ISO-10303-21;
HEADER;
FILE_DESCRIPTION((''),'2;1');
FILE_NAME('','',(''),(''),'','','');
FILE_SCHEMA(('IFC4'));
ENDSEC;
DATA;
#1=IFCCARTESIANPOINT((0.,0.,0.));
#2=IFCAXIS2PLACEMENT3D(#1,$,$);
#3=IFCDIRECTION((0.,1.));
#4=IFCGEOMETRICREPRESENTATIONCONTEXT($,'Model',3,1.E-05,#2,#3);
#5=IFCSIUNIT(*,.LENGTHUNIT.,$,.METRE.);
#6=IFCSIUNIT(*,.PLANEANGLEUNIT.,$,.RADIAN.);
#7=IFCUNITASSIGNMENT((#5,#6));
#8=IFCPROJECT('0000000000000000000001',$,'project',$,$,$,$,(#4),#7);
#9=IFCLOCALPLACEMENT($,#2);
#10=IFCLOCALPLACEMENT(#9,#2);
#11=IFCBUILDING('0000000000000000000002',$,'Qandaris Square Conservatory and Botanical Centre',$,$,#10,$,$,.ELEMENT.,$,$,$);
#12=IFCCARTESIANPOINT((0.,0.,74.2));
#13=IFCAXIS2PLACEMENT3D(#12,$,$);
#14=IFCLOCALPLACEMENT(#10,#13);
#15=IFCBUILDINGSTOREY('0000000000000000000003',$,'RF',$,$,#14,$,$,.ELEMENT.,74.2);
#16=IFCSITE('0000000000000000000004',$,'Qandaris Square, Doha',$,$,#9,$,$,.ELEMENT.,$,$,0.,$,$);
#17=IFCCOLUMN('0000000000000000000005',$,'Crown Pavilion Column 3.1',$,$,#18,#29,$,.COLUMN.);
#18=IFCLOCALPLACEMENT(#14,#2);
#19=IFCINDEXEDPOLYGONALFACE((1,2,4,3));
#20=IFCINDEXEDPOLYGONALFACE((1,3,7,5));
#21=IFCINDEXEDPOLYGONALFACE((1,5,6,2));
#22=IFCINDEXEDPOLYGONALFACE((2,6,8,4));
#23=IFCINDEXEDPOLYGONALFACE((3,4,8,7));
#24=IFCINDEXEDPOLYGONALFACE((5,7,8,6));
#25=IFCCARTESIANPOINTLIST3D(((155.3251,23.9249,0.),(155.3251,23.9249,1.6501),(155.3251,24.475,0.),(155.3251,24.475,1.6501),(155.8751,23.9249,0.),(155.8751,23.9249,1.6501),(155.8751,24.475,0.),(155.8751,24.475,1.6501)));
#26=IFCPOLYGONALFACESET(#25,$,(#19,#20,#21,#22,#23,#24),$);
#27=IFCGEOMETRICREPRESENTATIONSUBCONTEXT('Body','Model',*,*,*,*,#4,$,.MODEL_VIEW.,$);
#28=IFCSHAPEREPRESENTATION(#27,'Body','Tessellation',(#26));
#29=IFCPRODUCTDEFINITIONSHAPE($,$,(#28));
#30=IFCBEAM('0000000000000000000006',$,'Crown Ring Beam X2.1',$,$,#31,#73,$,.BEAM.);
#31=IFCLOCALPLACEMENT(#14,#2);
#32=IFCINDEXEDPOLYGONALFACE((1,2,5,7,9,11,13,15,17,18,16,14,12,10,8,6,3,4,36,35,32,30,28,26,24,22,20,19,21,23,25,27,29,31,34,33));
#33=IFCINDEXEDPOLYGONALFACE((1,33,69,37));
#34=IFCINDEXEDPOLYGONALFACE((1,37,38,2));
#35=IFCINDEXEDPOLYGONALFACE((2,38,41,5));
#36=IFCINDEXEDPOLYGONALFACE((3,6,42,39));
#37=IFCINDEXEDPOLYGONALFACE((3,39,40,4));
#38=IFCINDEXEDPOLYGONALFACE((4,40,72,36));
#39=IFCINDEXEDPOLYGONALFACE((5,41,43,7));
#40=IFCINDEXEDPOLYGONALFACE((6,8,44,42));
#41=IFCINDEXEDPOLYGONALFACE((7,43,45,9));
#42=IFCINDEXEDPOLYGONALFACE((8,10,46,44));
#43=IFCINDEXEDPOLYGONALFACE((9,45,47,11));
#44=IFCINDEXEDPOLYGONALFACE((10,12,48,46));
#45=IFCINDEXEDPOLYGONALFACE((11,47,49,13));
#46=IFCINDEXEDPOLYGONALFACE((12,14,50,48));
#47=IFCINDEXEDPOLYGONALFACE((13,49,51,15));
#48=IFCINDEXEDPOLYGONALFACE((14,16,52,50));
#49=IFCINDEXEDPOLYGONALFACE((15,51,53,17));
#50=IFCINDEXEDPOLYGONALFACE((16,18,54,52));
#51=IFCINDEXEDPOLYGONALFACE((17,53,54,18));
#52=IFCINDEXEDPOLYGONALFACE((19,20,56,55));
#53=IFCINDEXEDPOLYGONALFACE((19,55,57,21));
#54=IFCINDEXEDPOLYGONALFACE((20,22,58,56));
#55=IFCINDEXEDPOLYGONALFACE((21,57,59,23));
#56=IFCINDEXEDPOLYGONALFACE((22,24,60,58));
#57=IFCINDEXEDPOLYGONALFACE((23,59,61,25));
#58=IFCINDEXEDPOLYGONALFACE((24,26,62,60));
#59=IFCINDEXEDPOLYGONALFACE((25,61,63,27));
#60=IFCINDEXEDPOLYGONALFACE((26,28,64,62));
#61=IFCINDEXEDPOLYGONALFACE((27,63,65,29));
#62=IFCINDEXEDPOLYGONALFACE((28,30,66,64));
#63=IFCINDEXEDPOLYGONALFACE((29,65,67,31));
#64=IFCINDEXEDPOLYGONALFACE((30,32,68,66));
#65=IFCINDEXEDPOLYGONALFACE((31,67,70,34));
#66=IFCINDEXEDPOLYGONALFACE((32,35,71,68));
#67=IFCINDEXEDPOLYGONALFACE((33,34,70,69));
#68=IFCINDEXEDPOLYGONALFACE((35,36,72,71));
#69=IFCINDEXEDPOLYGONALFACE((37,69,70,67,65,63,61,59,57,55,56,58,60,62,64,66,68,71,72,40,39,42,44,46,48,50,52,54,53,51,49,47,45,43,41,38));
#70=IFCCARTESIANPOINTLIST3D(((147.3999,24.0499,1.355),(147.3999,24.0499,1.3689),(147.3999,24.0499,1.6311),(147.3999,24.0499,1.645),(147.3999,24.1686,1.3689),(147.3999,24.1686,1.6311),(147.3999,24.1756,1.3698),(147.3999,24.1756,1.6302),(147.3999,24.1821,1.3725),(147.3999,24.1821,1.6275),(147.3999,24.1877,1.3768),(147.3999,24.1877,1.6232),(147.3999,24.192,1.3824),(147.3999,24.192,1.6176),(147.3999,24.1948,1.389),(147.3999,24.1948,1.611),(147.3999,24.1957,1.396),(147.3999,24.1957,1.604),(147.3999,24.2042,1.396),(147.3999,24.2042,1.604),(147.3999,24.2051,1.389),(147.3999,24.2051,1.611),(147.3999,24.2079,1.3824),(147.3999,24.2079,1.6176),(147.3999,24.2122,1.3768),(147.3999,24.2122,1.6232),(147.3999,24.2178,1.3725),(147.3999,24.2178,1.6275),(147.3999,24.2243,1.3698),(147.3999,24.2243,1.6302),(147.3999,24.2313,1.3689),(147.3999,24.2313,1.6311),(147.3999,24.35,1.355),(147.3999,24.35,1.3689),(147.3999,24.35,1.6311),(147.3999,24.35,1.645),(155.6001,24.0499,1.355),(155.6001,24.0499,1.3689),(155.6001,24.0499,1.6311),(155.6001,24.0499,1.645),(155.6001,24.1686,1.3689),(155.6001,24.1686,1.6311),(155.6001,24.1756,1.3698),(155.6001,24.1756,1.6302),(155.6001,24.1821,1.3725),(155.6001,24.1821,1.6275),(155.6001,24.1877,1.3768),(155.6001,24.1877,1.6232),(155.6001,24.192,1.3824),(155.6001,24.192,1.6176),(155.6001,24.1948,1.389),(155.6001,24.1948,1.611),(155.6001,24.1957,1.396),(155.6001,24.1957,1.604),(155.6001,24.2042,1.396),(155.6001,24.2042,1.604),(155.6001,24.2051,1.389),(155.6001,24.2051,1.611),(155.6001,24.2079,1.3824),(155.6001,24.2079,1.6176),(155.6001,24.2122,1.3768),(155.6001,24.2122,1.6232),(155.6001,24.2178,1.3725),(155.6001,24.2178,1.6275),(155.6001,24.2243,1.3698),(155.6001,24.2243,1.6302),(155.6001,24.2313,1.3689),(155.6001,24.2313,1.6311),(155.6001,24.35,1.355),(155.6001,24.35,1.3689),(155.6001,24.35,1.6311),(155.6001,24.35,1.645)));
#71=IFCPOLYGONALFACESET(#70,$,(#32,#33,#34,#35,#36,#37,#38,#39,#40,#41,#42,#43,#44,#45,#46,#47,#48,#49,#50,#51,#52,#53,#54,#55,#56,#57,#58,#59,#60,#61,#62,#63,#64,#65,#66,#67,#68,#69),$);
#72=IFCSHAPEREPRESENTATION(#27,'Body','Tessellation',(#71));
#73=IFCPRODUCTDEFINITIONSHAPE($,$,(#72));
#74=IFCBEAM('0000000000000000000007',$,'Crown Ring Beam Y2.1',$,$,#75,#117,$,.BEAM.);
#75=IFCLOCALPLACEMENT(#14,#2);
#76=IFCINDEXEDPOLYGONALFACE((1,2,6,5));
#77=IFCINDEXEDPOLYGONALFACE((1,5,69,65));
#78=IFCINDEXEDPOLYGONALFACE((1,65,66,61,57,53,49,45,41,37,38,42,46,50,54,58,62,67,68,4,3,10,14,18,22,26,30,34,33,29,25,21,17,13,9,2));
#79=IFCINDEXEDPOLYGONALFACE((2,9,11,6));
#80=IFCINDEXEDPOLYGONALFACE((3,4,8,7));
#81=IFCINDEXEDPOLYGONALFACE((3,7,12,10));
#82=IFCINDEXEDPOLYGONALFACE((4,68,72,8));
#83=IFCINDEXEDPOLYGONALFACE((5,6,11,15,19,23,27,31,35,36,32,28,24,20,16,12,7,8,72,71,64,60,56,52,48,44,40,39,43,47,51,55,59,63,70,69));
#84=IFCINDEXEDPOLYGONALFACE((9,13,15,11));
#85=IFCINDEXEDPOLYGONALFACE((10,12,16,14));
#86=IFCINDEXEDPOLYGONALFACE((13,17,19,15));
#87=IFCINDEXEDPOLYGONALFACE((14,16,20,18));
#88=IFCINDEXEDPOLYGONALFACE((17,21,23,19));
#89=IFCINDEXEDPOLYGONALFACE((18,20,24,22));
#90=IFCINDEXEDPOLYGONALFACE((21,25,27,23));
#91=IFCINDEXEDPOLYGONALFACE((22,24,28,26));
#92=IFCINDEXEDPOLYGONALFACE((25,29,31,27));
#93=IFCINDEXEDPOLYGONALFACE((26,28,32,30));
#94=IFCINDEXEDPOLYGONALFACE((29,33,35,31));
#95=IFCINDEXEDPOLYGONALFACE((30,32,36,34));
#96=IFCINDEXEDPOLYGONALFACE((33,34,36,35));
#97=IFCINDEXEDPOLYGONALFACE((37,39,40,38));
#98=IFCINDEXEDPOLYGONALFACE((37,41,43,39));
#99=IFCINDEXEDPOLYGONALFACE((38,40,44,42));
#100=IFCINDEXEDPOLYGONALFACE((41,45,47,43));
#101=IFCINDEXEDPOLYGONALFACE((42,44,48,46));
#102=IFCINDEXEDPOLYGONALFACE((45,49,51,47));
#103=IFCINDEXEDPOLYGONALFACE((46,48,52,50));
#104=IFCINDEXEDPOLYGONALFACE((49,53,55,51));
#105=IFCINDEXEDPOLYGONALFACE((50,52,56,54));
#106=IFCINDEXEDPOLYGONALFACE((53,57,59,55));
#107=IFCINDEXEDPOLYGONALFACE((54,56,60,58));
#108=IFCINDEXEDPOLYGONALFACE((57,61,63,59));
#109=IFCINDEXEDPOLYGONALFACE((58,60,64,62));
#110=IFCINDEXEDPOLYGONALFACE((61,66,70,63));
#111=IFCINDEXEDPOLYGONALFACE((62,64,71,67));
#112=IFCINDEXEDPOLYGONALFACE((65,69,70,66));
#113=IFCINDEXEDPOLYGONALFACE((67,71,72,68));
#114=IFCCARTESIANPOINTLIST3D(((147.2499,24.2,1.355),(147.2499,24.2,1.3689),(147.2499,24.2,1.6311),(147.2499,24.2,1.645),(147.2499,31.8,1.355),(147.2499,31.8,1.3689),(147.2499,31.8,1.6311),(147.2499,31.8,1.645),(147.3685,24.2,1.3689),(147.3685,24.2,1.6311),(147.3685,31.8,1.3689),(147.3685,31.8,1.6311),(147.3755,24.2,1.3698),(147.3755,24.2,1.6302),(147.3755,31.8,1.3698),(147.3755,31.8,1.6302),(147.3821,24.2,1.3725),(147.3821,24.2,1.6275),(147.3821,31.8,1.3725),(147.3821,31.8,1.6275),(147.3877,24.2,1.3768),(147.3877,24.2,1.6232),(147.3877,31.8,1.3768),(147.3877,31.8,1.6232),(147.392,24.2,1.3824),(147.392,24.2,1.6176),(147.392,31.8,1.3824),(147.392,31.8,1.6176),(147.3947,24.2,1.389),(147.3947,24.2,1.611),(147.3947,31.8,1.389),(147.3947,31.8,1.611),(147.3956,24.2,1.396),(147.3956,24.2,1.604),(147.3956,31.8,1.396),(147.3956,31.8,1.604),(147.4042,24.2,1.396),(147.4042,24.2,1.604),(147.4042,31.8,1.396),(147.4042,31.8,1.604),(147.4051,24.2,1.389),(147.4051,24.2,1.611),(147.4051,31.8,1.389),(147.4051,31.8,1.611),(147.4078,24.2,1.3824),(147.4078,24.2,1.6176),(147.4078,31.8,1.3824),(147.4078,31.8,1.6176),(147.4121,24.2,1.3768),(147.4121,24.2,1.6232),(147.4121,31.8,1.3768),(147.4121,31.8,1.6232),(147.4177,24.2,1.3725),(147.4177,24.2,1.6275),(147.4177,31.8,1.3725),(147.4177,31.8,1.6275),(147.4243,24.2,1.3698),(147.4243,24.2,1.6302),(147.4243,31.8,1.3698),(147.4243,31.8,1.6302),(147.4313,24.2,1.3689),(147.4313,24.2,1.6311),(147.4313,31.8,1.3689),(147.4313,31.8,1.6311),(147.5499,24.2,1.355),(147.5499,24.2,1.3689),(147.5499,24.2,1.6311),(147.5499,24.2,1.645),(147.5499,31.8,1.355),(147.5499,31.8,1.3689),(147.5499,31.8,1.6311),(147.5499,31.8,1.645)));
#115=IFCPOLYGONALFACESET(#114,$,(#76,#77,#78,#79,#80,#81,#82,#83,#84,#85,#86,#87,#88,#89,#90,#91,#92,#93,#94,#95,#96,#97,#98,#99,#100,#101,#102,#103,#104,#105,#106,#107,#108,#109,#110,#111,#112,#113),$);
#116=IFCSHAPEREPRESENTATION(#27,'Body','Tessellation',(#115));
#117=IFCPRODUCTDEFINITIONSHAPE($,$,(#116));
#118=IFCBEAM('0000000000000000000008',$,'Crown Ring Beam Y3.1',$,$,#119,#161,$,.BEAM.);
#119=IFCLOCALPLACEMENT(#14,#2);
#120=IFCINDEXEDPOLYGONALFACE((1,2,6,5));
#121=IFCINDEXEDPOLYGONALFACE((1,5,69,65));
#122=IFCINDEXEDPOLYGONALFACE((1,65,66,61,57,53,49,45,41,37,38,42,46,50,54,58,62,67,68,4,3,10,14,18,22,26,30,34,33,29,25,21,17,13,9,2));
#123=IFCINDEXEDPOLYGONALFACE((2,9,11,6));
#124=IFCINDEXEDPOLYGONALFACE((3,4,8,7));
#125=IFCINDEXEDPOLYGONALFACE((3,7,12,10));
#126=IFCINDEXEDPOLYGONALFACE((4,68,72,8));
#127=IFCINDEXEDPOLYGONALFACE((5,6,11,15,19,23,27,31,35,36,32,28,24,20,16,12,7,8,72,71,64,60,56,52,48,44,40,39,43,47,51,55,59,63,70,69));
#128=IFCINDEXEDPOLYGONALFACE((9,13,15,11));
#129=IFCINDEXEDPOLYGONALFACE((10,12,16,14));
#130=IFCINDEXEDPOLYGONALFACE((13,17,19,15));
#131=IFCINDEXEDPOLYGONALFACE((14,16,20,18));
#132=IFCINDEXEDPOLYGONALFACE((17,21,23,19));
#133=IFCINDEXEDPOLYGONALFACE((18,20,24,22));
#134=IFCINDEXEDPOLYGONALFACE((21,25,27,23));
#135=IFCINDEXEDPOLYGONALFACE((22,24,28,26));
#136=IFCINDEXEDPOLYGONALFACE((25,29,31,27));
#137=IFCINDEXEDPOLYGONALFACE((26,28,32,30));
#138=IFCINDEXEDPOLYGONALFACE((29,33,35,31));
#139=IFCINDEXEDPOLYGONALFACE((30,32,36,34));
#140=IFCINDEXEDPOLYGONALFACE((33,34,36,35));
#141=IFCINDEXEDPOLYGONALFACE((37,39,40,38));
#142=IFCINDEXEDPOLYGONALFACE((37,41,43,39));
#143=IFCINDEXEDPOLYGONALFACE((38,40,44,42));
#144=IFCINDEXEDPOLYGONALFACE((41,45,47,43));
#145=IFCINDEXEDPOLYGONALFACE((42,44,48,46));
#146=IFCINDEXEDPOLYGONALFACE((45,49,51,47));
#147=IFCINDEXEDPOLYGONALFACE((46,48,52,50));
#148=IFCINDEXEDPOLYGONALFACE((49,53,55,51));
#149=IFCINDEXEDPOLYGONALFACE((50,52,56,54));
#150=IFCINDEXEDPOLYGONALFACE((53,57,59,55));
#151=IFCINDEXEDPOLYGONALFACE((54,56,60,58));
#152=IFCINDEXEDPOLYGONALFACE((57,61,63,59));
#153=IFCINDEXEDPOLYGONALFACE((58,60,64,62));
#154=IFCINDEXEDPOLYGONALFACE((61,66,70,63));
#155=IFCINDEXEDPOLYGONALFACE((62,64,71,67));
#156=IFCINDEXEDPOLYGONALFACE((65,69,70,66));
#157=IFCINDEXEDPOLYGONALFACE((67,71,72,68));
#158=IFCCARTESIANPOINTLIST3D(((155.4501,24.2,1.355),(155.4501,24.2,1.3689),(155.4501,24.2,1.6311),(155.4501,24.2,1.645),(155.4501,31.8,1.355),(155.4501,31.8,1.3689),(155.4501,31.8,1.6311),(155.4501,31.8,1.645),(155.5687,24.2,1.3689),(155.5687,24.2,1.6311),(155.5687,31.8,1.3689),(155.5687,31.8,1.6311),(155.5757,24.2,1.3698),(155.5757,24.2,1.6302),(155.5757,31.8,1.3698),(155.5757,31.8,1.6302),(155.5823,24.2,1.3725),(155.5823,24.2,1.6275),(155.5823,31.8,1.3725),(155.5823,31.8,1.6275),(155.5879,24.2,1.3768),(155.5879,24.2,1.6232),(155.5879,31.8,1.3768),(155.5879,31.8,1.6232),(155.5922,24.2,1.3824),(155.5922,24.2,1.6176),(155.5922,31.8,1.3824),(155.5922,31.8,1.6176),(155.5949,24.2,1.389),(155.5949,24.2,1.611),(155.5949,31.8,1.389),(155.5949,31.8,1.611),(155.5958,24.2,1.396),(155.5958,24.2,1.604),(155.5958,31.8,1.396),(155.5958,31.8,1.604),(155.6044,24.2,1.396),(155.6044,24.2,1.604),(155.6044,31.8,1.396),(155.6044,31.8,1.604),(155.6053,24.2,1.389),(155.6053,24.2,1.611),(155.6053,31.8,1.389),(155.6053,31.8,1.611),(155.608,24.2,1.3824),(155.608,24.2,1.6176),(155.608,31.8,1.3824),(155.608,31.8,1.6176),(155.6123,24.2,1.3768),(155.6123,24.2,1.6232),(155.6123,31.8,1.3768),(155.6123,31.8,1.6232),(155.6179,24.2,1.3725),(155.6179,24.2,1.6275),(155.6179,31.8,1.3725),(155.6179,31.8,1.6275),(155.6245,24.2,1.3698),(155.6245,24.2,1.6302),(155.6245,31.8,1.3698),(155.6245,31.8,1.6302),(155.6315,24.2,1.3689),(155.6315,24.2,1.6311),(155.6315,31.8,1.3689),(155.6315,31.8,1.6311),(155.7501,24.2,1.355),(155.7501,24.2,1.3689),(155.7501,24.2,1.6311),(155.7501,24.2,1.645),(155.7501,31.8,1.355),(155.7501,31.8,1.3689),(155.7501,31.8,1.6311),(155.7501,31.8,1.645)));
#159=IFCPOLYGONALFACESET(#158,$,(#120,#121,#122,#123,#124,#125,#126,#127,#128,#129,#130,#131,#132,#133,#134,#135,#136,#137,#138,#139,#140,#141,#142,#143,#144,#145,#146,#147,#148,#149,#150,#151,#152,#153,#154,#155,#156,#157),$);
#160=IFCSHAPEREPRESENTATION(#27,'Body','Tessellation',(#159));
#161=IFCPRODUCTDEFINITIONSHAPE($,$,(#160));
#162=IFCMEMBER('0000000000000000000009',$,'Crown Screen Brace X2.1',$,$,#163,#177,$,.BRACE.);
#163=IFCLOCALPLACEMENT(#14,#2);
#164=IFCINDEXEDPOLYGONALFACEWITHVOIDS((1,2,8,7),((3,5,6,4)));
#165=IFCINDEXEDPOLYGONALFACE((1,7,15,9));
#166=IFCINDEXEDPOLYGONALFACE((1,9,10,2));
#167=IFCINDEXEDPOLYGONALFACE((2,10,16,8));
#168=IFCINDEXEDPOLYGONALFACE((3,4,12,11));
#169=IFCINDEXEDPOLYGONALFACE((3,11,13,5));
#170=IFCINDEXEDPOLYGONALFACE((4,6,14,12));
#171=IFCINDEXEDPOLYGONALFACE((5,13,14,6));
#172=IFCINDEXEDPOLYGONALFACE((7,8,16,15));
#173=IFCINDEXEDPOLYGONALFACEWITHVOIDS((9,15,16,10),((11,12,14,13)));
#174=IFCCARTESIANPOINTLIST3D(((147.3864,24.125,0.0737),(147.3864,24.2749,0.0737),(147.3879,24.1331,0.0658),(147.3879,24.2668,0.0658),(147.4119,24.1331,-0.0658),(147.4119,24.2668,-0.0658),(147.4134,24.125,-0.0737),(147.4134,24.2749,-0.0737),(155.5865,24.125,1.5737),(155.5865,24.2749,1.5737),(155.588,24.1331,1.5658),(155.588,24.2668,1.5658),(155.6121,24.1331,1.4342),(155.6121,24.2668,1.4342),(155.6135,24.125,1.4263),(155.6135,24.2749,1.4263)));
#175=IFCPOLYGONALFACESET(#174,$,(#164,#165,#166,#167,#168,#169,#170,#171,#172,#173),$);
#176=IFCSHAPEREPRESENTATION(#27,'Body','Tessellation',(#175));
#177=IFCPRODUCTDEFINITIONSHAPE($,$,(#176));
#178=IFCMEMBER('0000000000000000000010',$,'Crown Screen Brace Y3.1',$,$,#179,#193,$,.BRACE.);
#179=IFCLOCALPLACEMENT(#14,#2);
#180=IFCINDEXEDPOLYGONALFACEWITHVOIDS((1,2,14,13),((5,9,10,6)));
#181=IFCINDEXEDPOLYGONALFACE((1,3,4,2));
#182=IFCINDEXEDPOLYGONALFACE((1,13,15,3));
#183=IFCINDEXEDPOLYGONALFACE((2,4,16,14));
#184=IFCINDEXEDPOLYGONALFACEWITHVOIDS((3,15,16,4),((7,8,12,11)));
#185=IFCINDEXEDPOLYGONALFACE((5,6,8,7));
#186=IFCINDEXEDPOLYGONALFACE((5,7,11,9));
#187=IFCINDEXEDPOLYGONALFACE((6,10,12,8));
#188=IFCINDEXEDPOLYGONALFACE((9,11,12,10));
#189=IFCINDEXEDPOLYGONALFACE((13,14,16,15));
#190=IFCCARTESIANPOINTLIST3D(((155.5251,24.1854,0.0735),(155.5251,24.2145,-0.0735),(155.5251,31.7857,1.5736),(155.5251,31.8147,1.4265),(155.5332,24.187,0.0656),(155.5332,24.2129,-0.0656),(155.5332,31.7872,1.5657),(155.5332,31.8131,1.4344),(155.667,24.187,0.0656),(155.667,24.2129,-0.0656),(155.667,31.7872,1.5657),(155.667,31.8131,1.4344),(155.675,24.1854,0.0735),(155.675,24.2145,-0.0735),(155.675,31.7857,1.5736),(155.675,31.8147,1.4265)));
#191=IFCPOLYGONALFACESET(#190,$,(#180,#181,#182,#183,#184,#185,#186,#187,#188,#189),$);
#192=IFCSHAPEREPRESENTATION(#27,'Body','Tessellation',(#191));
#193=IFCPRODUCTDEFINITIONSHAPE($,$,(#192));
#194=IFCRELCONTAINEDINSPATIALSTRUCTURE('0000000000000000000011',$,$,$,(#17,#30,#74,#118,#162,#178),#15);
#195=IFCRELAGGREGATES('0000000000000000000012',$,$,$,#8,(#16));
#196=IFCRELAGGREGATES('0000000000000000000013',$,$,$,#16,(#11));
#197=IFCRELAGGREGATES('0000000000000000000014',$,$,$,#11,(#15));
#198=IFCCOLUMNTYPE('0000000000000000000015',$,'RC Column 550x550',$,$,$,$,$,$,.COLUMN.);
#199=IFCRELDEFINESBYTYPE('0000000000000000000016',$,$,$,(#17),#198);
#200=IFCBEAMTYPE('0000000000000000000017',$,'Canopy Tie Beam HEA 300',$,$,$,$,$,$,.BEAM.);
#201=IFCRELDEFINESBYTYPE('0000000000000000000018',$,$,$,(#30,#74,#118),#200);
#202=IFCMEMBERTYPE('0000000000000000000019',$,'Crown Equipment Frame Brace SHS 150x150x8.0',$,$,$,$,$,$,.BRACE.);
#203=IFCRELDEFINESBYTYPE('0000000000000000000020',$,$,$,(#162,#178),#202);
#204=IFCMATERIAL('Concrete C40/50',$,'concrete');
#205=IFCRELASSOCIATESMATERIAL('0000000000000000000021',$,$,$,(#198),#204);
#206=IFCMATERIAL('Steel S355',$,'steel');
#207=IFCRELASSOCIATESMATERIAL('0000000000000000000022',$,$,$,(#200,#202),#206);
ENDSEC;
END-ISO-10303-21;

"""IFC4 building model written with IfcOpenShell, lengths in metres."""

from ifc_helpers import new_model, si_unit, direction, frame, origin, origin_2d, place, context, subcontext, project, spatial, rectangle, hollow_rectangle, i_section, extrude, material, material_profile, profile_set, type_object, element, save


model = new_model("IFC4")

# Units and contexts
model_context = context("Model", 3, precision=1e-05, world=origin(), true_north=direction((0.0, 1.0)))
body_context = subcontext(model_context, "Body", "Model", "MODEL_VIEW")
ifc_project = project(units=[si_unit("LENGTHUNIT", "METRE"), si_unit("PLANEANGLEUNIT", "RADIAN")], contexts=[model_context])

# Site, building, storey
site_placement = place(None, origin())
site = spatial("IfcSite", under=ifc_project, at=site_placement, Name="Qandaris Square, Doha", CompositionType="ELEMENT", RefElevation=0.0)
building_placement = place(site_placement, origin())
building = spatial("IfcBuilding", under=site, at=building_placement, Name="Qandaris Square Conservatory and Botanical Centre", CompositionType="ELEMENT")
storey_placement = place(building_placement, frame((0.0, 0.0, 74.2)))
storey = spatial("IfcBuildingStorey", under=building, at=storey_placement, Name="RF", CompositionType="ELEMENT", Elevation=74.2)

# Column
ifc_material_1 = material(Name="Concrete C40/50", Category="concrete")
ifc_material_profile_1 = material_profile(ifc_material_1, rectangle(XDim=0.55, YDim=0.55, at=origin_2d()), Name="RC-COL 550x550")
ifc_profile_set_1 = profile_set([ifc_material_profile_1], Name="Concrete C40/50")
column_type = type_object("IfcColumnType", Name="RC Column 550x550", PredefinedType="COLUMN", material=ifc_profile_set_1)
column_placement = place(storey_placement, frame((155.6001, 24.2, 0.0), z_axis=(0.0, 0.0, 1.0), x_axis=(1.0, 0.0, 0.0)))
element("IfcColumn", 1, at=column_placement, inside=storey, type_object=column_type, Name="Crown Pavilion Column 3.1", PredefinedType="COLUMN", context=body_context, shape_type="SweptSolid", body=[
    extrude(rectangle(XDim=0.55, YDim=0.55, at=origin_2d()), origin(), (0.0, 0.0, 1.0), 1.6501),
])

# Beams
ifc_material_2 = material(Name="Steel S355", Category="steel")
ifc_material_profile_2 = material_profile(ifc_material_2, i_section(OverallWidth=0.3, OverallDepth=0.29, WebThickness=0.0085, FlangeThickness=0.0139, FilletRadius=0.0271, at=origin_2d()), Name="HEA 300")
ifc_profile_set_2 = profile_set([ifc_material_profile_2], Name="Steel S355")
beam_type = type_object("IfcBeamType", Name="Canopy Tie Beam HEA 300", PredefinedType="BEAM", material=ifc_profile_set_2)
beam_placement = place(storey_placement, frame((147.3999, 24.2, 1.5), z_axis=(1.0, 0.0, 0.0), x_axis=(0.0, 1.0, 0.0)))
element("IfcBeam", 2, at=beam_placement, inside=storey, type_object=beam_type, Name="Crown Ring Beam X2.1", PredefinedType="BEAM", context=body_context, shape_type="SweptSolid", body=[
    extrude(i_section(OverallWidth=0.3, OverallDepth=0.29, WebThickness=0.0085, FlangeThickness=0.0139, FilletRadius=0.0271, at=origin_2d()), origin(), (0.0, 0.0, 1.0), 8.2002),
])
for number, where, z_axis, x_axis, name in (
    (3, (147.3999, 24.2, 1.5), (0.0, 1.0, 0.0), (-1.0, 0.0, 0.0), "Crown Ring Beam Y2.1"),
    (4, (155.6001, 24.2, 1.5), (0.0, 1.0, 0.0), (-1.0, 0.0, 0.0), "Crown Ring Beam Y3.1"),
):
    element("IfcBeam", number, at=place(storey_placement, frame(where, z_axis=z_axis, x_axis=x_axis)), inside=storey, type_object=beam_type, Name=name, PredefinedType="BEAM", context=body_context, shape_type="SweptSolid", body=[
        extrude(i_section(OverallWidth=0.3, OverallDepth=0.29, WebThickness=0.0085, FlangeThickness=0.0139, FilletRadius=0.0271, at=origin_2d()), origin(), (0.0, 0.0, 1.0), 7.6001),
    ])

# Members
ifc_material_profile_3 = material_profile(ifc_material_2, hollow_rectangle(XDim=0.1499, YDim=0.1499, WallThickness=0.0081, at=origin_2d()), Name="SHS 150x150x8.0")
ifc_profile_set_3 = profile_set([ifc_material_profile_3], Name="Steel S355")
member_type_1 = type_object("IfcMemberType", Name="Crown Equipment Frame Brace SHS 150x150x8.0", PredefinedType="BRACE", material=ifc_profile_set_3)
member_1_placement = place(storey_placement, frame((147.3999, 24.2, 0.0), z_axis=(0.983678, 0.0, 0.179937), x_axis=(0.0, 1.0, 0.0)))
element("IfcMember", 5, at=member_1_placement, inside=storey, type_object=member_type_1, Name="Crown Screen Brace X2.1", PredefinedType="BRACE", context=body_context, shape_type="SweptSolid", body=[
    extrude(hollow_rectangle(XDim=0.1499, YDim=0.1499, WallThickness=0.0081, at=origin_2d()), origin(), (0.0, 0.0, 1.0), 8.3362),
])
member_2_placement = place(storey_placement, frame((155.6001, 24.2, 0.0), z_axis=(0.0, 0.981075, 0.193631), x_axis=(-1.0, 0.0, 0.0)))
element("IfcMember", 6, at=member_2_placement, inside=storey, type_object=member_type_1, Name="Crown Screen Brace Y3.1", PredefinedType="BRACE", context=body_context, shape_type="SweptSolid", body=[
    extrude(hollow_rectangle(XDim=0.1499, YDim=0.1499, WallThickness=0.0081, at=origin_2d()), origin(), (0.0, 0.0, 1.0), 7.7468),
])

save(model, "model.ifc")
